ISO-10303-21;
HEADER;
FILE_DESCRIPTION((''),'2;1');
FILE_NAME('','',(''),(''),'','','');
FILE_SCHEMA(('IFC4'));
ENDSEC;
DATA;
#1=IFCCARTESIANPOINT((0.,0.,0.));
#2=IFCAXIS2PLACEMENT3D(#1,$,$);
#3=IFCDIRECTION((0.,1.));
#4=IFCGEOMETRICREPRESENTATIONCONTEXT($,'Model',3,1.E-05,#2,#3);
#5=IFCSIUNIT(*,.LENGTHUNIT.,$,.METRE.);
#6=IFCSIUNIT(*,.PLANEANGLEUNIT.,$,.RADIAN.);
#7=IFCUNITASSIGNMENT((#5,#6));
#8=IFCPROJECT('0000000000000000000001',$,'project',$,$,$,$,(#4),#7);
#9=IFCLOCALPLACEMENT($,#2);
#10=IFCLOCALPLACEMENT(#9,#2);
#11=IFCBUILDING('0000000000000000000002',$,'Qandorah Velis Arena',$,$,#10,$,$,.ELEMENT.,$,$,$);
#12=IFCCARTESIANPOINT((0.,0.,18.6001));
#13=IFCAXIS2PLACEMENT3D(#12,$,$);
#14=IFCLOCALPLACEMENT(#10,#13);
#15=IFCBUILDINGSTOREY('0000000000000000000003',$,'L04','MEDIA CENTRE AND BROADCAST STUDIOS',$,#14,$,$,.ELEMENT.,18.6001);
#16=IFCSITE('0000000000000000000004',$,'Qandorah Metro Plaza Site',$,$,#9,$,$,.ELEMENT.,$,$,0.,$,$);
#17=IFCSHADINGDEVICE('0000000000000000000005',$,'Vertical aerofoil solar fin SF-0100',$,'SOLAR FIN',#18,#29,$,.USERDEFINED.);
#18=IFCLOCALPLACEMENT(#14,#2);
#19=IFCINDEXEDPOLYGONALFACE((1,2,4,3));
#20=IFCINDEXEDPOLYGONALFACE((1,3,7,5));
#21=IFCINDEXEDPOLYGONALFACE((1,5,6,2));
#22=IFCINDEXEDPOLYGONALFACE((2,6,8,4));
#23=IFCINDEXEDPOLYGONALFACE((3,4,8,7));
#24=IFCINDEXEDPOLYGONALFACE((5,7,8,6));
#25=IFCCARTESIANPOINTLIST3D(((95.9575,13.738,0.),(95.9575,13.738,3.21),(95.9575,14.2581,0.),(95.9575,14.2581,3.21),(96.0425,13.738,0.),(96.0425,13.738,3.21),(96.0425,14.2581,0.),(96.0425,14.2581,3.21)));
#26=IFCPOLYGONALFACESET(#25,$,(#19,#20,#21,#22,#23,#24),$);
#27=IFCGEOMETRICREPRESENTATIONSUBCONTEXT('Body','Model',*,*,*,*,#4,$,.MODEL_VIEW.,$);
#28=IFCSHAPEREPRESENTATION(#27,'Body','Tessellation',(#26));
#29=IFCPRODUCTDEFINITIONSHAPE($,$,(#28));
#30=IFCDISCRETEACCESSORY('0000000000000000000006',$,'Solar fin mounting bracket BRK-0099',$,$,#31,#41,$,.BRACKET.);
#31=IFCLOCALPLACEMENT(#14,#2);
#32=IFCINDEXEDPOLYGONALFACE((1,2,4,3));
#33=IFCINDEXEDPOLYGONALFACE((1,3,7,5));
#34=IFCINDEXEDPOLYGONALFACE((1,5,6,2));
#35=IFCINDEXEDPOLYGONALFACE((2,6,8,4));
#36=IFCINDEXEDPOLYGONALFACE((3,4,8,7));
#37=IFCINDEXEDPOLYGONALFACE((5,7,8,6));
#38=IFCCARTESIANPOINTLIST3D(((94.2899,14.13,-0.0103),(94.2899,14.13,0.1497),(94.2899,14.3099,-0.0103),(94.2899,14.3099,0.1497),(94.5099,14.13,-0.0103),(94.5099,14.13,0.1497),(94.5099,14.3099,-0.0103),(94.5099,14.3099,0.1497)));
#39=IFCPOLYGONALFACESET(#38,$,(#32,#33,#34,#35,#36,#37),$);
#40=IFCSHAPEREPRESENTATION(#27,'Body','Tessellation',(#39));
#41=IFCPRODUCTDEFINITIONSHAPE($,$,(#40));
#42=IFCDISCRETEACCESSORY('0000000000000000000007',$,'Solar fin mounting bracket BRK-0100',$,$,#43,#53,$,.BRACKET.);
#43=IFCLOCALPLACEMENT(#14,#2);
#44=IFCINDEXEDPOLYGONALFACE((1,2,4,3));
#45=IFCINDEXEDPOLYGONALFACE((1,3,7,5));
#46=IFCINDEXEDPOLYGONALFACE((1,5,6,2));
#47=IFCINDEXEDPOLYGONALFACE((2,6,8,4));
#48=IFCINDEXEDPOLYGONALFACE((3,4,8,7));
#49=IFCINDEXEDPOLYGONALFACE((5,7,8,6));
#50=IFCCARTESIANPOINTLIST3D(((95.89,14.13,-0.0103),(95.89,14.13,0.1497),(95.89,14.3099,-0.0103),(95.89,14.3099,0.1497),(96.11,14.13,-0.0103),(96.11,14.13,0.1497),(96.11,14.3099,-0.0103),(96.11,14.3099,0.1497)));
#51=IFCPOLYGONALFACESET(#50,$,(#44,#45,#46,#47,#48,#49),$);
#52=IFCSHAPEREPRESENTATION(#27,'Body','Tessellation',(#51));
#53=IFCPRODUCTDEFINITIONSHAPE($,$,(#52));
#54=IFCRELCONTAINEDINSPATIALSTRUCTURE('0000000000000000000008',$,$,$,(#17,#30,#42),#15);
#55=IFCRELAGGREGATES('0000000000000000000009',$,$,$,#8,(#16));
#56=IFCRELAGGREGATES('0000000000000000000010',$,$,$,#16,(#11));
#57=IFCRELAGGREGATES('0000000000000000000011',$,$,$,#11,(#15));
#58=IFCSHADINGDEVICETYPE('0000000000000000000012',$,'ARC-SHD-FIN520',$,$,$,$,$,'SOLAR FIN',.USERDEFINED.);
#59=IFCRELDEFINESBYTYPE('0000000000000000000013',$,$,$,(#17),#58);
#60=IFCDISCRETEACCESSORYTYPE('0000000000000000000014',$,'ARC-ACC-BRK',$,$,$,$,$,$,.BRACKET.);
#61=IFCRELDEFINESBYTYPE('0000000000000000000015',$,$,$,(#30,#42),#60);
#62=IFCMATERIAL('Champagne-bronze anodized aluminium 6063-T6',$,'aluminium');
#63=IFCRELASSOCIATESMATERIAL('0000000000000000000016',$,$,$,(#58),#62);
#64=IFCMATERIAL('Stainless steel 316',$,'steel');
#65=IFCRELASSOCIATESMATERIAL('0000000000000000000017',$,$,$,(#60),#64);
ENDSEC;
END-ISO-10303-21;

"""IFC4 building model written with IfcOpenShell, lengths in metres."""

from ifc_helpers import new_model, si_unit, direction, frame, origin, origin_2d, place, context, subcontext, project, spatial, rectangle, extrude, material, type_object, element, save


model = new_model("IFC4")

# Units and contexts
model_context = context("Model", 3, precision=1e-05, world=origin(), true_north=direction((0.0, 1.0)))
body_context = subcontext(model_context, "Body", "Model", "MODEL_VIEW")
ifc_project = project(units=[si_unit("LENGTHUNIT", "METRE"), si_unit("PLANEANGLEUNIT", "RADIAN")], contexts=[model_context])

# Site, building, storey
site_placement = place(None, origin())
site = spatial("IfcSite", under=ifc_project, at=site_placement, Name="Qandorah Metro Plaza Site", CompositionType="ELEMENT", RefElevation=0.0)
building_placement = place(site_placement, origin())
building = spatial("IfcBuilding", under=site, at=building_placement, Name="Qandorah Velis Arena", CompositionType="ELEMENT")
storey_placement = place(building_placement, frame((0.0, 0.0, 18.6001)))
storey = spatial("IfcBuildingStorey", under=building, at=storey_placement, Name="L04", Description="MEDIA CENTRE AND BROADCAST STUDIOS", CompositionType="ELEMENT", Elevation=18.6001)

# Shared definitions
ifc_material_1 = material(Name="Champagne-bronze anodized aluminium 6063-T6", Category="aluminium")

# Shared definitions
ifc_material_2 = material(Name="Stainless steel 316", Category="steel")

# Shading device
shading_device_type = type_object("IfcShadingDeviceType", Name="ARC-SHD-FIN520", ElementType="SOLAR FIN", PredefinedType="USERDEFINED", material=ifc_material_1)
for number, where, z_axis, x_axis, name in (
    (1, (96.0, 13.998, 0.0), (0.0, 0.0, 1.0), (1.0, 0.0, 0.0), "Vertical aerofoil solar fin SF-0100"),
):
    element("IfcShadingDevice", number, at=place(storey_placement, frame(where, z_axis=z_axis, x_axis=x_axis)), inside=storey, type_object=shading_device_type, Name=name, ObjectType="SOLAR FIN", PredefinedType="USERDEFINED", context=body_context, shape_type="SweptSolid", body=[
        extrude(rectangle(XDim=0.085, YDim=0.52, at=origin_2d()), origin(), (0.0, 0.0, 1.0), 3.21),
    ])

# Discrete accessories
discrete_accessory_type = type_object("IfcDiscreteAccessoryType", Name="ARC-ACC-BRK", PredefinedType="BRACKET", material=ifc_material_2)
for number, where, z_axis, x_axis, name in (
    (2, (94.3999, 14.22, -0.0103), (0.0, 0.0, 1.0), (1.0, 0.0, 0.0), "Solar fin mounting bracket BRK-0099"),
    (3, (96.0, 14.22, -0.0103), (0.0, 0.0, 1.0), (1.0, 0.0, 0.0), "Solar fin mounting bracket BRK-0100"),
):
    element("IfcDiscreteAccessory", number, at=place(storey_placement, frame(where, z_axis=z_axis, x_axis=x_axis)), inside=storey, type_object=discrete_accessory_type, Name=name, PredefinedType="BRACKET", context=body_context, shape_type="SweptSolid", body=[
        extrude(rectangle(XDim=0.22, YDim=0.1799, at=origin_2d()), origin(), (0.0, 0.0, 1.0), 0.1599),
    ])

save(model, "model.ifc")
